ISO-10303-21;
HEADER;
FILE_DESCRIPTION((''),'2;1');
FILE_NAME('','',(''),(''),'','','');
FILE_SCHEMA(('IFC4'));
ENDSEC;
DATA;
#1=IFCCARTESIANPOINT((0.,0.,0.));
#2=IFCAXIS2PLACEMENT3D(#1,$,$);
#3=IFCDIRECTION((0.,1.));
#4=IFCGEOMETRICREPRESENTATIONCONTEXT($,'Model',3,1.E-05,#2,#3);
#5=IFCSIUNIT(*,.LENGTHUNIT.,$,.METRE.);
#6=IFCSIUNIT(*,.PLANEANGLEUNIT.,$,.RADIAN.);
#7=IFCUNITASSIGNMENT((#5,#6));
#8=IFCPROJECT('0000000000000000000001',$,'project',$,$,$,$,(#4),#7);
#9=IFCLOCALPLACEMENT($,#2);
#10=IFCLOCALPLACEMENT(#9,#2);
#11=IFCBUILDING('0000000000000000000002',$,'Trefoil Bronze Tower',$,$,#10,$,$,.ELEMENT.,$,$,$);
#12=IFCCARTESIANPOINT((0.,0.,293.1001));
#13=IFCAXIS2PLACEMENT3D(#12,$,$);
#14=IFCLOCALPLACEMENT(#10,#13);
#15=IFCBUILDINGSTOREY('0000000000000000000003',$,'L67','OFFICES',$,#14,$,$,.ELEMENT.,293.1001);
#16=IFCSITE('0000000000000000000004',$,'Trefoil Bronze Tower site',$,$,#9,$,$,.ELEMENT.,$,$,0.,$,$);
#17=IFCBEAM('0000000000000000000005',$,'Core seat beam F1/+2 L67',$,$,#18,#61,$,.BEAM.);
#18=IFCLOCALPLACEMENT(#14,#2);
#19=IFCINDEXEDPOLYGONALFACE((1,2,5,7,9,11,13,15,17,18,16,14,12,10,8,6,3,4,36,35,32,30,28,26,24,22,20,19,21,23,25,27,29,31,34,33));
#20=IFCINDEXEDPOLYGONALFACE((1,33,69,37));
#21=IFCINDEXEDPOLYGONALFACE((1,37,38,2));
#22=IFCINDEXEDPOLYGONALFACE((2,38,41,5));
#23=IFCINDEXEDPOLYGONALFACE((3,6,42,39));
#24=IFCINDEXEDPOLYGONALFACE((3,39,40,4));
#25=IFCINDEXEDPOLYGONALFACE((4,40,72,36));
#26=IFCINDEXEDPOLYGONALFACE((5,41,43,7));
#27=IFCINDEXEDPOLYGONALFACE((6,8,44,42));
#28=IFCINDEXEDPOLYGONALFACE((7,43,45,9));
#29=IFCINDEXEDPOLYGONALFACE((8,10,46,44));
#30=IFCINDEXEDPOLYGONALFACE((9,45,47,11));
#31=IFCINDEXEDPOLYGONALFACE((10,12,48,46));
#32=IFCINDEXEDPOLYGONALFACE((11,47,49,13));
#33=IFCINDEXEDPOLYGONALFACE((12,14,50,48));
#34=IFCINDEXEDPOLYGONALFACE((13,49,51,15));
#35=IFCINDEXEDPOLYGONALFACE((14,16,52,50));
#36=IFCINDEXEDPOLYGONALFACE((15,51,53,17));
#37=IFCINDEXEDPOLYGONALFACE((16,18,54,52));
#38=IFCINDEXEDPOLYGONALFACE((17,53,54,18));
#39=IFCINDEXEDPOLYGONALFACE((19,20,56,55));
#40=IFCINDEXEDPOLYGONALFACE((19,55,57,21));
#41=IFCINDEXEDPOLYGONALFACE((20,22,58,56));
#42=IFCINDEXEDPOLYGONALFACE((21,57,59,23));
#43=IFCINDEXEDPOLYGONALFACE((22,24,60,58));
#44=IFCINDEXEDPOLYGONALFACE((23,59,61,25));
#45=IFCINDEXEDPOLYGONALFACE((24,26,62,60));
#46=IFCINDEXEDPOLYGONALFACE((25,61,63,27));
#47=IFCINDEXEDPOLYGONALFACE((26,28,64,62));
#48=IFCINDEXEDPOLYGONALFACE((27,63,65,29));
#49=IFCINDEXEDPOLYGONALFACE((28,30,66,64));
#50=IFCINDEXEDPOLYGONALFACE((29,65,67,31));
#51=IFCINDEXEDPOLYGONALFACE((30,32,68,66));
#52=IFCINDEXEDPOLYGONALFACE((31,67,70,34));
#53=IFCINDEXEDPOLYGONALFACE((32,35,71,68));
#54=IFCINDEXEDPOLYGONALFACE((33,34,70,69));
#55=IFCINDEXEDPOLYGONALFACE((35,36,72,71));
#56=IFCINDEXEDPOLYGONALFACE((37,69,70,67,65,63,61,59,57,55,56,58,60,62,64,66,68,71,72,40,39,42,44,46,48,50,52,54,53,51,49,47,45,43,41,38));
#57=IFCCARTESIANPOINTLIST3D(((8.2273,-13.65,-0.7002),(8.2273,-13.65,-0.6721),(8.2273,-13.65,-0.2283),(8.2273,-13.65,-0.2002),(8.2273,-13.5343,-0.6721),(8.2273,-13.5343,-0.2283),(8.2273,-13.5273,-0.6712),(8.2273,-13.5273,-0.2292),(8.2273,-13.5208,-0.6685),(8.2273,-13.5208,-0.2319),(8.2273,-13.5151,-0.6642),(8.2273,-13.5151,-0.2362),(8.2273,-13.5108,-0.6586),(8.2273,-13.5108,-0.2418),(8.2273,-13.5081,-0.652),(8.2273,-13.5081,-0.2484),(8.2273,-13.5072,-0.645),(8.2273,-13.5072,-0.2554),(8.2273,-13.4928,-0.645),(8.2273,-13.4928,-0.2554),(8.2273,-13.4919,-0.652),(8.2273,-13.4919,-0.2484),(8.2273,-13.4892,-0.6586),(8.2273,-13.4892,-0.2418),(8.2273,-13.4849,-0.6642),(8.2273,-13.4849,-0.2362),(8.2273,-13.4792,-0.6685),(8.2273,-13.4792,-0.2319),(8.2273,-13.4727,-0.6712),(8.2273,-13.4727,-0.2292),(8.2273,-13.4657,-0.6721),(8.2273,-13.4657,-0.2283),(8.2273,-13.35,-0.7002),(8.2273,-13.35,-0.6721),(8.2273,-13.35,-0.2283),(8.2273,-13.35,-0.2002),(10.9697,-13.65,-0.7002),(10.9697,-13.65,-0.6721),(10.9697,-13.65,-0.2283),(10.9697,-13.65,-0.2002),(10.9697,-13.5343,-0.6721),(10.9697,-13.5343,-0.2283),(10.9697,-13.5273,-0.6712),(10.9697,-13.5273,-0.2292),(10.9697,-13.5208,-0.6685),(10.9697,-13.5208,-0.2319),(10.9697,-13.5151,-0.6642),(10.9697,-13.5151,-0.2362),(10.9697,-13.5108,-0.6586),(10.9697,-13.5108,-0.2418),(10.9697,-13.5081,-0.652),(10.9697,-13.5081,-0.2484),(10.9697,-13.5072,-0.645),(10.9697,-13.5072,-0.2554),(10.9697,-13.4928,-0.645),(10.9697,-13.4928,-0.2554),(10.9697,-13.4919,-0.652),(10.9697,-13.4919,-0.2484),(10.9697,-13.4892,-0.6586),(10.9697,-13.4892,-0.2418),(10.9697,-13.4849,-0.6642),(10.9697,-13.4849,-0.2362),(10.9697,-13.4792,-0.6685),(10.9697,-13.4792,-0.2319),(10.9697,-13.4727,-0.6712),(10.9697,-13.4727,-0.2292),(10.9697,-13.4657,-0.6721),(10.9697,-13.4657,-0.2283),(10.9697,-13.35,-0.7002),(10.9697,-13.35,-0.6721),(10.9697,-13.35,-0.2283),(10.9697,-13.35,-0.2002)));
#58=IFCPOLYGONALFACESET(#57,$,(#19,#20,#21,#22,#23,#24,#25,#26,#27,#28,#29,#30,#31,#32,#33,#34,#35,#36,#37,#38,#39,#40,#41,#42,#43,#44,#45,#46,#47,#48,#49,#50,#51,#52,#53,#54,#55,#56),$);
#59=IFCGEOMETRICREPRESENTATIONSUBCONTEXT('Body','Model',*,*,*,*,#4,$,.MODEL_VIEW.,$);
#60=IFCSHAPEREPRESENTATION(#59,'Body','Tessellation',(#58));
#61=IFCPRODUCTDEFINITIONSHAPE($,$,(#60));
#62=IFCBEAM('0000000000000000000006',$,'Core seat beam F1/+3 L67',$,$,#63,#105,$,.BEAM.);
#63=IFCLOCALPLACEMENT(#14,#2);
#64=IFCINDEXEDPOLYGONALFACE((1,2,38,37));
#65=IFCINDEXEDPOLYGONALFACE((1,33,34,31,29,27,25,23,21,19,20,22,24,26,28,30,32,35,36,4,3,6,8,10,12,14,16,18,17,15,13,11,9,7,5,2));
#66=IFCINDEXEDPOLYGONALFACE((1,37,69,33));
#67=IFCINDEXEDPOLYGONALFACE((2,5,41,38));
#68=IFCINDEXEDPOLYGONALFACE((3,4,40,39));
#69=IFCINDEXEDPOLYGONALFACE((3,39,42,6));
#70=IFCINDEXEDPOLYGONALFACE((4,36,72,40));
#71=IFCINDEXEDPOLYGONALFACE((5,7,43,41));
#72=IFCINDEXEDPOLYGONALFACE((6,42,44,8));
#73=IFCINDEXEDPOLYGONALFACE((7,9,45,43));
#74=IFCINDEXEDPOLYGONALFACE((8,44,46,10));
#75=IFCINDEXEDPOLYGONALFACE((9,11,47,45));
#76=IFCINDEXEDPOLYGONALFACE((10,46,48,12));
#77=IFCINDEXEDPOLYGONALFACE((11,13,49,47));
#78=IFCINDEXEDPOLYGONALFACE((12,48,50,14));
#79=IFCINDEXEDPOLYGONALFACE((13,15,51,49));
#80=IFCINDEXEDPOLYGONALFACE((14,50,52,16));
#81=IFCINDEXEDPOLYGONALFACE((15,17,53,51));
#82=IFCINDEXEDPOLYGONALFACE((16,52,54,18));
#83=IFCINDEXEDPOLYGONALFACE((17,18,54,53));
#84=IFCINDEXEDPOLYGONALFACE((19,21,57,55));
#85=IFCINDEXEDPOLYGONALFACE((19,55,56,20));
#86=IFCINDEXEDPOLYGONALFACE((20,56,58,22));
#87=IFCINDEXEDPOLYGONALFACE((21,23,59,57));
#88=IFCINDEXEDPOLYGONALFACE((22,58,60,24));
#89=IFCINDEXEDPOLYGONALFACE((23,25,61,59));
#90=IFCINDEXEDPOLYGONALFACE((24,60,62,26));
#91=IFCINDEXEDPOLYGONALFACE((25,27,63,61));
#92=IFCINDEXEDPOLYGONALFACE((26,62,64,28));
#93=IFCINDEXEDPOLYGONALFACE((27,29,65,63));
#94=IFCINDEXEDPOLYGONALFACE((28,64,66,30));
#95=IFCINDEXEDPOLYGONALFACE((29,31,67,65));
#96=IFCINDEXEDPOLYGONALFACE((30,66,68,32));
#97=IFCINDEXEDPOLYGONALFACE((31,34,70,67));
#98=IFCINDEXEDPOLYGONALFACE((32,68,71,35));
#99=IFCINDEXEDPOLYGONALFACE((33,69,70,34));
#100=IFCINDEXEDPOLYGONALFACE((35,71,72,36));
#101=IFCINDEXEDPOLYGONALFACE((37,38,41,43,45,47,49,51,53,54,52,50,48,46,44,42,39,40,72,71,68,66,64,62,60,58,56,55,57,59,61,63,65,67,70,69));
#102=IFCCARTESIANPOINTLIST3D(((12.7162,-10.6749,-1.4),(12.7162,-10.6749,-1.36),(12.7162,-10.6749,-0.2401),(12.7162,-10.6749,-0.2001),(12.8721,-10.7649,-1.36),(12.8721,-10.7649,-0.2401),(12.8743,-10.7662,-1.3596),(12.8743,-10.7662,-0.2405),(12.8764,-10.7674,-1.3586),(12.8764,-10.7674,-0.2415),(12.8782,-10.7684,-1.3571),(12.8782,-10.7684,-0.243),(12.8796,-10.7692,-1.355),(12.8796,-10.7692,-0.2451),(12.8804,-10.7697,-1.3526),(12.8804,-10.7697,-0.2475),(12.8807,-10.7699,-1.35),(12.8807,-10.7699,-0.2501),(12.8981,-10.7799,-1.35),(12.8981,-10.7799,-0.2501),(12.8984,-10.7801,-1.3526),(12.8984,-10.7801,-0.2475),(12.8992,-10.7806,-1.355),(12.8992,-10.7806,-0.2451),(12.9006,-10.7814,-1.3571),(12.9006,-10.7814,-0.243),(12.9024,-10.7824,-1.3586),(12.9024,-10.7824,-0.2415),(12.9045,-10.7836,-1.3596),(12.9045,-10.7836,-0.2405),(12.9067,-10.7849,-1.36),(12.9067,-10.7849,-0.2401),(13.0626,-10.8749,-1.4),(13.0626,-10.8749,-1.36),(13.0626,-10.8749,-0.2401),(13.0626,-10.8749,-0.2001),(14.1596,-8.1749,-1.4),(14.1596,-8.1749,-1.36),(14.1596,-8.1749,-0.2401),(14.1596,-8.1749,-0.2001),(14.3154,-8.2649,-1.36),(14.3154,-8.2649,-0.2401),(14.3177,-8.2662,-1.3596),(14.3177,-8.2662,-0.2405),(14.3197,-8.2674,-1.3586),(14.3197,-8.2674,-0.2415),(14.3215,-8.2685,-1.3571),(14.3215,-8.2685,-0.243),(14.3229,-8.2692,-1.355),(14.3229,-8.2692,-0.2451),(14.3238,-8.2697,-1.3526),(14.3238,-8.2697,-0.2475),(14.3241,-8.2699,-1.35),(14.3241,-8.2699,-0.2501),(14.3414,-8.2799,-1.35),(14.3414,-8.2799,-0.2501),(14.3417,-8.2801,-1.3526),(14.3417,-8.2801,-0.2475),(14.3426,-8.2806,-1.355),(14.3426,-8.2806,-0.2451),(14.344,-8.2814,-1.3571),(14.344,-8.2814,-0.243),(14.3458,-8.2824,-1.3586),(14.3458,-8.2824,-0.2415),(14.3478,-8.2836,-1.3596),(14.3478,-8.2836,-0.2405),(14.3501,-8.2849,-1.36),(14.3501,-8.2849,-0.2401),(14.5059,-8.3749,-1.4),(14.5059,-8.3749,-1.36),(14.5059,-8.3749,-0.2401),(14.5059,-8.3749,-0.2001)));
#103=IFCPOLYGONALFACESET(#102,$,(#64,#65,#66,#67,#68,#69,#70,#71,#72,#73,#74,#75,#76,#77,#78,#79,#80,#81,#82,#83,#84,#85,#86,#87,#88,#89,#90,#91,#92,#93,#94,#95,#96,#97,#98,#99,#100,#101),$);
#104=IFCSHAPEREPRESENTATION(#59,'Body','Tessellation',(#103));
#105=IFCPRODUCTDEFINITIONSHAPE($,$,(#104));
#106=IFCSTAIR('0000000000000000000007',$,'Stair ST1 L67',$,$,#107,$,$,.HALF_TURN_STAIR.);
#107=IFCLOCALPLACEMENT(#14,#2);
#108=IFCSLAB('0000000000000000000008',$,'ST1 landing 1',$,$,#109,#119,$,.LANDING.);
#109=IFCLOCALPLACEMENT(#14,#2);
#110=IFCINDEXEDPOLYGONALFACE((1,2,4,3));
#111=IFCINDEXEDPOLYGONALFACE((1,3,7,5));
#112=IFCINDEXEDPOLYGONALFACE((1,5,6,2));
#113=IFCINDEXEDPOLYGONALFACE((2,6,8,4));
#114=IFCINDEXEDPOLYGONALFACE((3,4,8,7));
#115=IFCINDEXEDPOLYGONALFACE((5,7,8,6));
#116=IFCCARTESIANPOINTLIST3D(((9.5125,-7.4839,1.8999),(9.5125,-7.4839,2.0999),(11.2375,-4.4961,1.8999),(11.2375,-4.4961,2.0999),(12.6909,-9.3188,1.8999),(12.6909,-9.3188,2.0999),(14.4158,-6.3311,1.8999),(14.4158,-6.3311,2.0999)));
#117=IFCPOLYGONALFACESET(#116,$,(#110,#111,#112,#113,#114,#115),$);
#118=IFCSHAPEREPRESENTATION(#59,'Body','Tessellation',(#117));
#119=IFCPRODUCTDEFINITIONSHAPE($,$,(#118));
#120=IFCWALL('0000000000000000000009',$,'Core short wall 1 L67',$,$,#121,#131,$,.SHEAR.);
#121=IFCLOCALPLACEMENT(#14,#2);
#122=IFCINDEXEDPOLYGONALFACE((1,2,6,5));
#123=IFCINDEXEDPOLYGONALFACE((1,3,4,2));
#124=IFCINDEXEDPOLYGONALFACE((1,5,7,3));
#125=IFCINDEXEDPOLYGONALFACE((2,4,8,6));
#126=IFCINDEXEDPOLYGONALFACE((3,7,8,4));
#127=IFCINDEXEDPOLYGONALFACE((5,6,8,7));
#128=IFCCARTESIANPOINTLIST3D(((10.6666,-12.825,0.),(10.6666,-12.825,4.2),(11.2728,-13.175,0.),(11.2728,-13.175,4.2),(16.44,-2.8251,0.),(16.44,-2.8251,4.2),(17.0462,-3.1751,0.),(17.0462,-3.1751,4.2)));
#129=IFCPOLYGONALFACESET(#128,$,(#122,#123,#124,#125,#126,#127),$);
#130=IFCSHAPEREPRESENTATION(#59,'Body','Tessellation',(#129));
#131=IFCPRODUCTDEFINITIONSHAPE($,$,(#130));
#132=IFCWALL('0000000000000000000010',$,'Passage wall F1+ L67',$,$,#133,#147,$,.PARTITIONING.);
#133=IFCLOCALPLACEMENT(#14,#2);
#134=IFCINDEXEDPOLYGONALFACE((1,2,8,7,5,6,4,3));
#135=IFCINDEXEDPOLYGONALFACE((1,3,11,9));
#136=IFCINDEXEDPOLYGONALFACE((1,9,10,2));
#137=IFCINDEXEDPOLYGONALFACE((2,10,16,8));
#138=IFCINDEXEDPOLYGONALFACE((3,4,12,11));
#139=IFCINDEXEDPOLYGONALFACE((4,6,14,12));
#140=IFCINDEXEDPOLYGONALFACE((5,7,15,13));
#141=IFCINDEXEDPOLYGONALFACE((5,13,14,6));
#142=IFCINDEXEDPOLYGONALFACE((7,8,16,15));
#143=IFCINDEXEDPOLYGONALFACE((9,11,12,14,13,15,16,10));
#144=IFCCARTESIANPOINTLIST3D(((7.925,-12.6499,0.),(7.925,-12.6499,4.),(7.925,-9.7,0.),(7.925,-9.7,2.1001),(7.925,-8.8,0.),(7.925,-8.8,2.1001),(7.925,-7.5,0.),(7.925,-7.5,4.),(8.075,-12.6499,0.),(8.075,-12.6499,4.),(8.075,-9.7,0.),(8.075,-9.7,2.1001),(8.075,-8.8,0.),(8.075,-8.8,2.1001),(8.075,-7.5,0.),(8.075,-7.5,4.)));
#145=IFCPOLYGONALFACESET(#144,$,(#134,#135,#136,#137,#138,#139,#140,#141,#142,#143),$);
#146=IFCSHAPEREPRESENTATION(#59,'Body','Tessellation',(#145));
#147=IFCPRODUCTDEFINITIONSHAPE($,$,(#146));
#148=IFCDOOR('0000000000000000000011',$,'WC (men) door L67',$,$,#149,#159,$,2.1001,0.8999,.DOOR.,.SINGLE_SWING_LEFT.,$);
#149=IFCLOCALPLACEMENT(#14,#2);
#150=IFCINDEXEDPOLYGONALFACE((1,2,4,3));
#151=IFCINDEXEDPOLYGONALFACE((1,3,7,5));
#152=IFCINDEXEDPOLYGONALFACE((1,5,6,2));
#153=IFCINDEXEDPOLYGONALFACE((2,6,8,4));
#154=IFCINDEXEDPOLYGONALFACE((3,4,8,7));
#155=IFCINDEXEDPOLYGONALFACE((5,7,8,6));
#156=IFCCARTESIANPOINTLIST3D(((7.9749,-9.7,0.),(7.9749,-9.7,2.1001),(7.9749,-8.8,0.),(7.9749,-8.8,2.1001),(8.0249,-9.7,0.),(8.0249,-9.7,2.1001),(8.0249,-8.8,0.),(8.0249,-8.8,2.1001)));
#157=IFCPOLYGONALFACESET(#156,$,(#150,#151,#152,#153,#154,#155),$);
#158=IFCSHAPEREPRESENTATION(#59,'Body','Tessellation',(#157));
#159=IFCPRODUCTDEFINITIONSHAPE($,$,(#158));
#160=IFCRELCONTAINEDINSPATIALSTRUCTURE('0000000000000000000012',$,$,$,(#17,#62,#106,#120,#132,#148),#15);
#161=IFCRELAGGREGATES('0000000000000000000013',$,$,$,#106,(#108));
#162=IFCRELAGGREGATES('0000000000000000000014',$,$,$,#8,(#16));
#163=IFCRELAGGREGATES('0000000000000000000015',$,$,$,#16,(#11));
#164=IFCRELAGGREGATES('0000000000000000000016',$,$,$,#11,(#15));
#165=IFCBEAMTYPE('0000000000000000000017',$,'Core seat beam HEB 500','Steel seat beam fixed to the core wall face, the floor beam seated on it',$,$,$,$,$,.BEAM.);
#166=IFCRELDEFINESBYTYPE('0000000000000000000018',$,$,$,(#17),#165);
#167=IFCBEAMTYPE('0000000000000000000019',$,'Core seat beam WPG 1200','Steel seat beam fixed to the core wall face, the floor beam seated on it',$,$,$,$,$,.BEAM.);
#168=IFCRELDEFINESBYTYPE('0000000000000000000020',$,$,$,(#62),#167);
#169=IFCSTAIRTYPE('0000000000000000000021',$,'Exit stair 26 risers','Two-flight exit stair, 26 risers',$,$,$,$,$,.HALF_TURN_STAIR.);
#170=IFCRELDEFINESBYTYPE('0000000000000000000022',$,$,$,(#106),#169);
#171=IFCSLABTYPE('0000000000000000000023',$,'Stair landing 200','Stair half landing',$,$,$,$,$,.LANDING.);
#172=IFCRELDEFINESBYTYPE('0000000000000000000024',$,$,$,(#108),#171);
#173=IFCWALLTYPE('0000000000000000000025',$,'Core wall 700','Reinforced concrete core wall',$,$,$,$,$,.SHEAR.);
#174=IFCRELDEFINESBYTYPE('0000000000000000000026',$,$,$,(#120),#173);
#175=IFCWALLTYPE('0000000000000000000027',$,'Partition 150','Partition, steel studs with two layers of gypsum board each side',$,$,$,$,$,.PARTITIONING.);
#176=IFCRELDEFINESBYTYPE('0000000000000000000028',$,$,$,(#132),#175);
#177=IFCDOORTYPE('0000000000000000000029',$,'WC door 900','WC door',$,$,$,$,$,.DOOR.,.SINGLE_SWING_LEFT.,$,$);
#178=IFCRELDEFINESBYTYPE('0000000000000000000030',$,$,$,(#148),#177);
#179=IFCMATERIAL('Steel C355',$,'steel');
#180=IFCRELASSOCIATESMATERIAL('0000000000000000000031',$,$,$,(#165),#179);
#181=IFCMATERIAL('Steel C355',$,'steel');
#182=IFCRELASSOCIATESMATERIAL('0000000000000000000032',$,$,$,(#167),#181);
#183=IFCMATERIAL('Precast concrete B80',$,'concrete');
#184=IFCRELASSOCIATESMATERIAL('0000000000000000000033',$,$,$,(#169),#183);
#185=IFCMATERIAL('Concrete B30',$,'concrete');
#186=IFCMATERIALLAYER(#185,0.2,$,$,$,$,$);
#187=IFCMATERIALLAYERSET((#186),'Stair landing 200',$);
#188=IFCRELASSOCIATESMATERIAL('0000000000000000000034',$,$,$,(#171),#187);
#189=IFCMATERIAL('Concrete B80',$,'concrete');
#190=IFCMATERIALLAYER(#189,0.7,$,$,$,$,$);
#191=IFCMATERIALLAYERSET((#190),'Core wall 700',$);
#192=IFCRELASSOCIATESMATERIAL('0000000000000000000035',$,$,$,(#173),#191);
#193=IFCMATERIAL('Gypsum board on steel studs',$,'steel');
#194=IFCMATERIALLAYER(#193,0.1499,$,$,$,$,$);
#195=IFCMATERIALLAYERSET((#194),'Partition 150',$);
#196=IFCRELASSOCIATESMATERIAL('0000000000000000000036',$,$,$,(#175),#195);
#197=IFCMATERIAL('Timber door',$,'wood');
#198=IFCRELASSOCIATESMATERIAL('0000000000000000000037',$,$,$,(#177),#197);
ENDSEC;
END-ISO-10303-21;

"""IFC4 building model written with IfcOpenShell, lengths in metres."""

from ifc_helpers import new_model, si_unit, direction, frame, frame_2d, origin, origin_2d, place, context, subcontext, project, spatial, polyline, rectangle, i_section, outline, extrude, material, layer, layer_set, material_profile, profile_set, type_object, element, fill, aggregate, save


model = new_model("IFC4")

# Units and contexts
model_context = context("Model", 3, precision=1e-05, world=origin(), true_north=direction((0.0, 1.0)))
body_context = subcontext(model_context, "Body", "Model", "MODEL_VIEW")
ifc_project = project(units=[si_unit("LENGTHUNIT", "METRE"), si_unit("PLANEANGLEUNIT", "RADIAN")], contexts=[model_context])

# Site, building, storey
site_placement = place(None, origin())
site = spatial("IfcSite", under=ifc_project, at=site_placement, Name="Trefoil Bronze Tower site", CompositionType="ELEMENT", RefElevation=0.0)
building_placement = place(site_placement, origin())
building = spatial("IfcBuilding", under=site, at=building_placement, Name="Trefoil Bronze Tower", CompositionType="ELEMENT")
storey_placement = place(building_placement, frame((0.0, 0.0, 293.1001)))
storey = spatial("IfcBuildingStorey", under=building, at=storey_placement, Name="L67", Description="OFFICES", CompositionType="ELEMENT", Elevation=293.1001)

# Beams
ifc_material_1 = material(Name="Steel C355", Category="steel")
ifc_material_profile_1 = material_profile(ifc_material_1, i_section(OverallWidth=0.3, OverallDepth=0.5, WebThickness=0.0144, FlangeThickness=0.0281, FilletRadius=0.0271, at=origin_2d()), Name="HEB 500")
ifc_profile_set_1 = profile_set([ifc_material_profile_1], Name="Steel C355")
beam_type_1 = type_object("IfcBeamType", Name="Core seat beam HEB 500", Description="Steel seat beam fixed to the core wall face, the floor beam seated on it", PredefinedType="BEAM", material=ifc_profile_set_1)
beam_1_placement = place(storey_placement, frame((8.2273, -13.5, -0.4502), z_axis=(1.0, 0.0, 0.0), x_axis=(0.0, 1.0, 0.0)))
element("IfcBeam", 1, at=beam_1_placement, inside=storey, type_object=beam_type_1, Name="Core seat beam F1/+2 L67", PredefinedType="BEAM", context=body_context, shape_type="SweptSolid", body=[
    extrude(i_section(OverallWidth=0.3, OverallDepth=0.5, WebThickness=0.0144, FlangeThickness=0.0281, FilletRadius=0.0271, at=origin_2d()), origin(), (0.0, 0.0, 1.0), 2.7424),
])
ifc_material_2 = material(Name="Steel C355", Category="steel")
ifc_material_profile_2 = material_profile(ifc_material_2, i_section(OverallWidth=0.3999, OverallDepth=1.2, WebThickness=0.02, FlangeThickness=0.04, FilletRadius=0.01, at=origin_2d()), Name="WPG 1200")
ifc_profile_set_2 = profile_set([ifc_material_profile_2], Name="Steel C355")
beam_type_2 = type_object("IfcBeamType", Name="Core seat beam WPG 1200", Description="Steel seat beam fixed to the core wall face, the floor beam seated on it", PredefinedType="BEAM", material=ifc_profile_set_2)
beam_2_placement = place(storey_placement, frame((12.8894, -10.7749, -0.8), z_axis=(0.499996, 0.866028, 0.0), x_axis=(-0.866028, 0.499996, 0.0)))
element("IfcBeam", 2, at=beam_2_placement, inside=storey, type_object=beam_type_2, Name="Core seat beam F1/+3 L67", PredefinedType="BEAM", context=body_context, shape_type="SweptSolid", body=[
    extrude(i_section(OverallWidth=0.3999, OverallDepth=1.2, WebThickness=0.02, FlangeThickness=0.04, FilletRadius=0.01, at=origin_2d()), origin(), (0.0, 0.0, 1.0), 2.8867),
])

# Stair, slab
ifc_material_3 = material(Name="Precast concrete B80", Category="concrete")
stair_type = type_object("IfcStairType", Name="Exit stair 26 risers", Description="Two-flight exit stair, 26 risers", PredefinedType="HALF_TURN_STAIR", material=ifc_material_3)
stair_placement = place(storey_placement, origin())
stair = element("IfcStair", 3, at=stair_placement, inside=storey, type_object=stair_type, Name="Stair ST1 L67", PredefinedType="HALF_TURN_STAIR")
ifc_material_4 = material(Name="Concrete B30", Category="concrete")
ifc_layer_1 = layer(ifc_material_4, 0.2)
ifc_layer_set_1 = layer_set([ifc_layer_1], Name="Stair landing 200")
slab_type = type_object("IfcSlabType", Name="Stair landing 200", Description="Stair half landing", PredefinedType="LANDING", material=ifc_layer_set_1)
slab_placement = place(storey_placement, frame((0.0, 0.0, 1.8999)))
slab = element("IfcSlab", 4, at=slab_placement, type_object=slab_type, Name="ST1 landing 1", PredefinedType="LANDING", context=body_context, shape_type="SweptSolid", body=[
    extrude(outline(polyline([(9.5125, -7.4839), (12.6909, -9.3188), (14.4158, -6.3311), (11.2375, -4.4961), (9.5125, -7.4839)])), origin(), (0.0, 0.0, 1.0), 0.2),
])

# Wall
ifc_material_5 = material(Name="Concrete B80", Category="concrete")
ifc_layer_2 = layer(ifc_material_5, 0.7)
ifc_layer_set_2 = layer_set([ifc_layer_2], Name="Core wall 700")
wall_type_1 = type_object("IfcWallType", Name="Core wall 700", Description="Reinforced concrete core wall", PredefinedType="SHEAR", material=ifc_layer_set_2)
wall_1_placement = place(storey_placement, frame((10.9697, -13.0, 0.0), z_axis=(0.0, 0.0, 1.0), x_axis=(0.499996, 0.866028, 0.0)))
element("IfcWall", 5, at=wall_1_placement, inside=storey, type_object=wall_type_1, Name="Core short wall 1 L67", PredefinedType="SHEAR", context=body_context, shape_type="SweptSolid", body=[
    extrude(rectangle(XDim=11.5469, YDim=0.7, at=frame_2d((5.7734, 0.0))), origin(), (0.0, 0.0, 1.0), 4.2),
])

# Wall, opening, door
ifc_material_6 = material(Name="Gypsum board on steel studs", Category="steel")
ifc_layer_3 = layer(ifc_material_6, 0.1499)
ifc_layer_set_3 = layer_set([ifc_layer_3], Name="Partition 150")
wall_type_2 = type_object("IfcWallType", Name="Partition 150", Description="Partition, steel studs with two layers of gypsum board each side", PredefinedType="PARTITIONING", material=ifc_layer_set_3)
wall_2_placement = place(storey_placement, frame((8.0, -7.5, 0.0), z_axis=(0.0, 0.0, 1.0), x_axis=(0.0, -1.0, 0.0)))
wall_2 = element("IfcWall", 6, at=wall_2_placement, inside=storey, type_object=wall_type_2, Name="Passage wall F1+ L67", PredefinedType="PARTITIONING", context=body_context, shape_type="SweptSolid", body=[
    extrude(rectangle(XDim=5.1499, YDim=0.1499, at=frame_2d((2.575, 0.0))), origin(), (0.0, 0.0, 1.0), 4.0),
])
opening_1_placement = place(wall_2_placement, frame((1.3, 0.0, 0.0)))
opening_1 = element("IfcOpeningElement", 7, at=opening_1_placement, cuts=wall_2, PredefinedType="OPENING", context=body_context, shape_type="SweptSolid", body=[
    extrude(rectangle(XDim=0.8999, YDim=2.1001, at=frame_2d((0.45, 1.05))), frame((0.0, 0.085, 0.0), z_axis=(0.0, -1.0, 0.0), x_axis=(1.0, 0.0, 0.0)), (0.0, 0.0, 1.0), 0.1699),
])
ifc_material_7 = material(Name="Timber door", Category="wood")
door_type_1 = type_object("IfcDoorType", Name="WC door 900", Description="WC door", OperationType="SINGLE_SWING_LEFT", PredefinedType="DOOR", material=ifc_material_7)
door_1_placement = place(opening_1_placement, origin())
door_1 = element("IfcDoor", 8, at=door_1_placement, inside=storey, type_object=door_type_1, Name="WC (men) door L67", OperationType="SINGLE_SWING_LEFT", OverallHeight=2.1001, OverallWidth=0.8999, PredefinedType="DOOR", context=body_context, shape_type="SweptSolid", body=[
    extrude(rectangle(XDim=0.8999, YDim=2.1001, at=frame_2d((0.45, 1.05))), frame((0.0, 0.0249, 0.0), z_axis=(0.0, -1.0, 0.0), x_axis=(1.0, 0.0, 0.0)), (0.0, 0.0, 1.0), 0.05),
])
fill(opening_1, door_1)

aggregate(stair, [slab])

save(model, "model.ifc")
